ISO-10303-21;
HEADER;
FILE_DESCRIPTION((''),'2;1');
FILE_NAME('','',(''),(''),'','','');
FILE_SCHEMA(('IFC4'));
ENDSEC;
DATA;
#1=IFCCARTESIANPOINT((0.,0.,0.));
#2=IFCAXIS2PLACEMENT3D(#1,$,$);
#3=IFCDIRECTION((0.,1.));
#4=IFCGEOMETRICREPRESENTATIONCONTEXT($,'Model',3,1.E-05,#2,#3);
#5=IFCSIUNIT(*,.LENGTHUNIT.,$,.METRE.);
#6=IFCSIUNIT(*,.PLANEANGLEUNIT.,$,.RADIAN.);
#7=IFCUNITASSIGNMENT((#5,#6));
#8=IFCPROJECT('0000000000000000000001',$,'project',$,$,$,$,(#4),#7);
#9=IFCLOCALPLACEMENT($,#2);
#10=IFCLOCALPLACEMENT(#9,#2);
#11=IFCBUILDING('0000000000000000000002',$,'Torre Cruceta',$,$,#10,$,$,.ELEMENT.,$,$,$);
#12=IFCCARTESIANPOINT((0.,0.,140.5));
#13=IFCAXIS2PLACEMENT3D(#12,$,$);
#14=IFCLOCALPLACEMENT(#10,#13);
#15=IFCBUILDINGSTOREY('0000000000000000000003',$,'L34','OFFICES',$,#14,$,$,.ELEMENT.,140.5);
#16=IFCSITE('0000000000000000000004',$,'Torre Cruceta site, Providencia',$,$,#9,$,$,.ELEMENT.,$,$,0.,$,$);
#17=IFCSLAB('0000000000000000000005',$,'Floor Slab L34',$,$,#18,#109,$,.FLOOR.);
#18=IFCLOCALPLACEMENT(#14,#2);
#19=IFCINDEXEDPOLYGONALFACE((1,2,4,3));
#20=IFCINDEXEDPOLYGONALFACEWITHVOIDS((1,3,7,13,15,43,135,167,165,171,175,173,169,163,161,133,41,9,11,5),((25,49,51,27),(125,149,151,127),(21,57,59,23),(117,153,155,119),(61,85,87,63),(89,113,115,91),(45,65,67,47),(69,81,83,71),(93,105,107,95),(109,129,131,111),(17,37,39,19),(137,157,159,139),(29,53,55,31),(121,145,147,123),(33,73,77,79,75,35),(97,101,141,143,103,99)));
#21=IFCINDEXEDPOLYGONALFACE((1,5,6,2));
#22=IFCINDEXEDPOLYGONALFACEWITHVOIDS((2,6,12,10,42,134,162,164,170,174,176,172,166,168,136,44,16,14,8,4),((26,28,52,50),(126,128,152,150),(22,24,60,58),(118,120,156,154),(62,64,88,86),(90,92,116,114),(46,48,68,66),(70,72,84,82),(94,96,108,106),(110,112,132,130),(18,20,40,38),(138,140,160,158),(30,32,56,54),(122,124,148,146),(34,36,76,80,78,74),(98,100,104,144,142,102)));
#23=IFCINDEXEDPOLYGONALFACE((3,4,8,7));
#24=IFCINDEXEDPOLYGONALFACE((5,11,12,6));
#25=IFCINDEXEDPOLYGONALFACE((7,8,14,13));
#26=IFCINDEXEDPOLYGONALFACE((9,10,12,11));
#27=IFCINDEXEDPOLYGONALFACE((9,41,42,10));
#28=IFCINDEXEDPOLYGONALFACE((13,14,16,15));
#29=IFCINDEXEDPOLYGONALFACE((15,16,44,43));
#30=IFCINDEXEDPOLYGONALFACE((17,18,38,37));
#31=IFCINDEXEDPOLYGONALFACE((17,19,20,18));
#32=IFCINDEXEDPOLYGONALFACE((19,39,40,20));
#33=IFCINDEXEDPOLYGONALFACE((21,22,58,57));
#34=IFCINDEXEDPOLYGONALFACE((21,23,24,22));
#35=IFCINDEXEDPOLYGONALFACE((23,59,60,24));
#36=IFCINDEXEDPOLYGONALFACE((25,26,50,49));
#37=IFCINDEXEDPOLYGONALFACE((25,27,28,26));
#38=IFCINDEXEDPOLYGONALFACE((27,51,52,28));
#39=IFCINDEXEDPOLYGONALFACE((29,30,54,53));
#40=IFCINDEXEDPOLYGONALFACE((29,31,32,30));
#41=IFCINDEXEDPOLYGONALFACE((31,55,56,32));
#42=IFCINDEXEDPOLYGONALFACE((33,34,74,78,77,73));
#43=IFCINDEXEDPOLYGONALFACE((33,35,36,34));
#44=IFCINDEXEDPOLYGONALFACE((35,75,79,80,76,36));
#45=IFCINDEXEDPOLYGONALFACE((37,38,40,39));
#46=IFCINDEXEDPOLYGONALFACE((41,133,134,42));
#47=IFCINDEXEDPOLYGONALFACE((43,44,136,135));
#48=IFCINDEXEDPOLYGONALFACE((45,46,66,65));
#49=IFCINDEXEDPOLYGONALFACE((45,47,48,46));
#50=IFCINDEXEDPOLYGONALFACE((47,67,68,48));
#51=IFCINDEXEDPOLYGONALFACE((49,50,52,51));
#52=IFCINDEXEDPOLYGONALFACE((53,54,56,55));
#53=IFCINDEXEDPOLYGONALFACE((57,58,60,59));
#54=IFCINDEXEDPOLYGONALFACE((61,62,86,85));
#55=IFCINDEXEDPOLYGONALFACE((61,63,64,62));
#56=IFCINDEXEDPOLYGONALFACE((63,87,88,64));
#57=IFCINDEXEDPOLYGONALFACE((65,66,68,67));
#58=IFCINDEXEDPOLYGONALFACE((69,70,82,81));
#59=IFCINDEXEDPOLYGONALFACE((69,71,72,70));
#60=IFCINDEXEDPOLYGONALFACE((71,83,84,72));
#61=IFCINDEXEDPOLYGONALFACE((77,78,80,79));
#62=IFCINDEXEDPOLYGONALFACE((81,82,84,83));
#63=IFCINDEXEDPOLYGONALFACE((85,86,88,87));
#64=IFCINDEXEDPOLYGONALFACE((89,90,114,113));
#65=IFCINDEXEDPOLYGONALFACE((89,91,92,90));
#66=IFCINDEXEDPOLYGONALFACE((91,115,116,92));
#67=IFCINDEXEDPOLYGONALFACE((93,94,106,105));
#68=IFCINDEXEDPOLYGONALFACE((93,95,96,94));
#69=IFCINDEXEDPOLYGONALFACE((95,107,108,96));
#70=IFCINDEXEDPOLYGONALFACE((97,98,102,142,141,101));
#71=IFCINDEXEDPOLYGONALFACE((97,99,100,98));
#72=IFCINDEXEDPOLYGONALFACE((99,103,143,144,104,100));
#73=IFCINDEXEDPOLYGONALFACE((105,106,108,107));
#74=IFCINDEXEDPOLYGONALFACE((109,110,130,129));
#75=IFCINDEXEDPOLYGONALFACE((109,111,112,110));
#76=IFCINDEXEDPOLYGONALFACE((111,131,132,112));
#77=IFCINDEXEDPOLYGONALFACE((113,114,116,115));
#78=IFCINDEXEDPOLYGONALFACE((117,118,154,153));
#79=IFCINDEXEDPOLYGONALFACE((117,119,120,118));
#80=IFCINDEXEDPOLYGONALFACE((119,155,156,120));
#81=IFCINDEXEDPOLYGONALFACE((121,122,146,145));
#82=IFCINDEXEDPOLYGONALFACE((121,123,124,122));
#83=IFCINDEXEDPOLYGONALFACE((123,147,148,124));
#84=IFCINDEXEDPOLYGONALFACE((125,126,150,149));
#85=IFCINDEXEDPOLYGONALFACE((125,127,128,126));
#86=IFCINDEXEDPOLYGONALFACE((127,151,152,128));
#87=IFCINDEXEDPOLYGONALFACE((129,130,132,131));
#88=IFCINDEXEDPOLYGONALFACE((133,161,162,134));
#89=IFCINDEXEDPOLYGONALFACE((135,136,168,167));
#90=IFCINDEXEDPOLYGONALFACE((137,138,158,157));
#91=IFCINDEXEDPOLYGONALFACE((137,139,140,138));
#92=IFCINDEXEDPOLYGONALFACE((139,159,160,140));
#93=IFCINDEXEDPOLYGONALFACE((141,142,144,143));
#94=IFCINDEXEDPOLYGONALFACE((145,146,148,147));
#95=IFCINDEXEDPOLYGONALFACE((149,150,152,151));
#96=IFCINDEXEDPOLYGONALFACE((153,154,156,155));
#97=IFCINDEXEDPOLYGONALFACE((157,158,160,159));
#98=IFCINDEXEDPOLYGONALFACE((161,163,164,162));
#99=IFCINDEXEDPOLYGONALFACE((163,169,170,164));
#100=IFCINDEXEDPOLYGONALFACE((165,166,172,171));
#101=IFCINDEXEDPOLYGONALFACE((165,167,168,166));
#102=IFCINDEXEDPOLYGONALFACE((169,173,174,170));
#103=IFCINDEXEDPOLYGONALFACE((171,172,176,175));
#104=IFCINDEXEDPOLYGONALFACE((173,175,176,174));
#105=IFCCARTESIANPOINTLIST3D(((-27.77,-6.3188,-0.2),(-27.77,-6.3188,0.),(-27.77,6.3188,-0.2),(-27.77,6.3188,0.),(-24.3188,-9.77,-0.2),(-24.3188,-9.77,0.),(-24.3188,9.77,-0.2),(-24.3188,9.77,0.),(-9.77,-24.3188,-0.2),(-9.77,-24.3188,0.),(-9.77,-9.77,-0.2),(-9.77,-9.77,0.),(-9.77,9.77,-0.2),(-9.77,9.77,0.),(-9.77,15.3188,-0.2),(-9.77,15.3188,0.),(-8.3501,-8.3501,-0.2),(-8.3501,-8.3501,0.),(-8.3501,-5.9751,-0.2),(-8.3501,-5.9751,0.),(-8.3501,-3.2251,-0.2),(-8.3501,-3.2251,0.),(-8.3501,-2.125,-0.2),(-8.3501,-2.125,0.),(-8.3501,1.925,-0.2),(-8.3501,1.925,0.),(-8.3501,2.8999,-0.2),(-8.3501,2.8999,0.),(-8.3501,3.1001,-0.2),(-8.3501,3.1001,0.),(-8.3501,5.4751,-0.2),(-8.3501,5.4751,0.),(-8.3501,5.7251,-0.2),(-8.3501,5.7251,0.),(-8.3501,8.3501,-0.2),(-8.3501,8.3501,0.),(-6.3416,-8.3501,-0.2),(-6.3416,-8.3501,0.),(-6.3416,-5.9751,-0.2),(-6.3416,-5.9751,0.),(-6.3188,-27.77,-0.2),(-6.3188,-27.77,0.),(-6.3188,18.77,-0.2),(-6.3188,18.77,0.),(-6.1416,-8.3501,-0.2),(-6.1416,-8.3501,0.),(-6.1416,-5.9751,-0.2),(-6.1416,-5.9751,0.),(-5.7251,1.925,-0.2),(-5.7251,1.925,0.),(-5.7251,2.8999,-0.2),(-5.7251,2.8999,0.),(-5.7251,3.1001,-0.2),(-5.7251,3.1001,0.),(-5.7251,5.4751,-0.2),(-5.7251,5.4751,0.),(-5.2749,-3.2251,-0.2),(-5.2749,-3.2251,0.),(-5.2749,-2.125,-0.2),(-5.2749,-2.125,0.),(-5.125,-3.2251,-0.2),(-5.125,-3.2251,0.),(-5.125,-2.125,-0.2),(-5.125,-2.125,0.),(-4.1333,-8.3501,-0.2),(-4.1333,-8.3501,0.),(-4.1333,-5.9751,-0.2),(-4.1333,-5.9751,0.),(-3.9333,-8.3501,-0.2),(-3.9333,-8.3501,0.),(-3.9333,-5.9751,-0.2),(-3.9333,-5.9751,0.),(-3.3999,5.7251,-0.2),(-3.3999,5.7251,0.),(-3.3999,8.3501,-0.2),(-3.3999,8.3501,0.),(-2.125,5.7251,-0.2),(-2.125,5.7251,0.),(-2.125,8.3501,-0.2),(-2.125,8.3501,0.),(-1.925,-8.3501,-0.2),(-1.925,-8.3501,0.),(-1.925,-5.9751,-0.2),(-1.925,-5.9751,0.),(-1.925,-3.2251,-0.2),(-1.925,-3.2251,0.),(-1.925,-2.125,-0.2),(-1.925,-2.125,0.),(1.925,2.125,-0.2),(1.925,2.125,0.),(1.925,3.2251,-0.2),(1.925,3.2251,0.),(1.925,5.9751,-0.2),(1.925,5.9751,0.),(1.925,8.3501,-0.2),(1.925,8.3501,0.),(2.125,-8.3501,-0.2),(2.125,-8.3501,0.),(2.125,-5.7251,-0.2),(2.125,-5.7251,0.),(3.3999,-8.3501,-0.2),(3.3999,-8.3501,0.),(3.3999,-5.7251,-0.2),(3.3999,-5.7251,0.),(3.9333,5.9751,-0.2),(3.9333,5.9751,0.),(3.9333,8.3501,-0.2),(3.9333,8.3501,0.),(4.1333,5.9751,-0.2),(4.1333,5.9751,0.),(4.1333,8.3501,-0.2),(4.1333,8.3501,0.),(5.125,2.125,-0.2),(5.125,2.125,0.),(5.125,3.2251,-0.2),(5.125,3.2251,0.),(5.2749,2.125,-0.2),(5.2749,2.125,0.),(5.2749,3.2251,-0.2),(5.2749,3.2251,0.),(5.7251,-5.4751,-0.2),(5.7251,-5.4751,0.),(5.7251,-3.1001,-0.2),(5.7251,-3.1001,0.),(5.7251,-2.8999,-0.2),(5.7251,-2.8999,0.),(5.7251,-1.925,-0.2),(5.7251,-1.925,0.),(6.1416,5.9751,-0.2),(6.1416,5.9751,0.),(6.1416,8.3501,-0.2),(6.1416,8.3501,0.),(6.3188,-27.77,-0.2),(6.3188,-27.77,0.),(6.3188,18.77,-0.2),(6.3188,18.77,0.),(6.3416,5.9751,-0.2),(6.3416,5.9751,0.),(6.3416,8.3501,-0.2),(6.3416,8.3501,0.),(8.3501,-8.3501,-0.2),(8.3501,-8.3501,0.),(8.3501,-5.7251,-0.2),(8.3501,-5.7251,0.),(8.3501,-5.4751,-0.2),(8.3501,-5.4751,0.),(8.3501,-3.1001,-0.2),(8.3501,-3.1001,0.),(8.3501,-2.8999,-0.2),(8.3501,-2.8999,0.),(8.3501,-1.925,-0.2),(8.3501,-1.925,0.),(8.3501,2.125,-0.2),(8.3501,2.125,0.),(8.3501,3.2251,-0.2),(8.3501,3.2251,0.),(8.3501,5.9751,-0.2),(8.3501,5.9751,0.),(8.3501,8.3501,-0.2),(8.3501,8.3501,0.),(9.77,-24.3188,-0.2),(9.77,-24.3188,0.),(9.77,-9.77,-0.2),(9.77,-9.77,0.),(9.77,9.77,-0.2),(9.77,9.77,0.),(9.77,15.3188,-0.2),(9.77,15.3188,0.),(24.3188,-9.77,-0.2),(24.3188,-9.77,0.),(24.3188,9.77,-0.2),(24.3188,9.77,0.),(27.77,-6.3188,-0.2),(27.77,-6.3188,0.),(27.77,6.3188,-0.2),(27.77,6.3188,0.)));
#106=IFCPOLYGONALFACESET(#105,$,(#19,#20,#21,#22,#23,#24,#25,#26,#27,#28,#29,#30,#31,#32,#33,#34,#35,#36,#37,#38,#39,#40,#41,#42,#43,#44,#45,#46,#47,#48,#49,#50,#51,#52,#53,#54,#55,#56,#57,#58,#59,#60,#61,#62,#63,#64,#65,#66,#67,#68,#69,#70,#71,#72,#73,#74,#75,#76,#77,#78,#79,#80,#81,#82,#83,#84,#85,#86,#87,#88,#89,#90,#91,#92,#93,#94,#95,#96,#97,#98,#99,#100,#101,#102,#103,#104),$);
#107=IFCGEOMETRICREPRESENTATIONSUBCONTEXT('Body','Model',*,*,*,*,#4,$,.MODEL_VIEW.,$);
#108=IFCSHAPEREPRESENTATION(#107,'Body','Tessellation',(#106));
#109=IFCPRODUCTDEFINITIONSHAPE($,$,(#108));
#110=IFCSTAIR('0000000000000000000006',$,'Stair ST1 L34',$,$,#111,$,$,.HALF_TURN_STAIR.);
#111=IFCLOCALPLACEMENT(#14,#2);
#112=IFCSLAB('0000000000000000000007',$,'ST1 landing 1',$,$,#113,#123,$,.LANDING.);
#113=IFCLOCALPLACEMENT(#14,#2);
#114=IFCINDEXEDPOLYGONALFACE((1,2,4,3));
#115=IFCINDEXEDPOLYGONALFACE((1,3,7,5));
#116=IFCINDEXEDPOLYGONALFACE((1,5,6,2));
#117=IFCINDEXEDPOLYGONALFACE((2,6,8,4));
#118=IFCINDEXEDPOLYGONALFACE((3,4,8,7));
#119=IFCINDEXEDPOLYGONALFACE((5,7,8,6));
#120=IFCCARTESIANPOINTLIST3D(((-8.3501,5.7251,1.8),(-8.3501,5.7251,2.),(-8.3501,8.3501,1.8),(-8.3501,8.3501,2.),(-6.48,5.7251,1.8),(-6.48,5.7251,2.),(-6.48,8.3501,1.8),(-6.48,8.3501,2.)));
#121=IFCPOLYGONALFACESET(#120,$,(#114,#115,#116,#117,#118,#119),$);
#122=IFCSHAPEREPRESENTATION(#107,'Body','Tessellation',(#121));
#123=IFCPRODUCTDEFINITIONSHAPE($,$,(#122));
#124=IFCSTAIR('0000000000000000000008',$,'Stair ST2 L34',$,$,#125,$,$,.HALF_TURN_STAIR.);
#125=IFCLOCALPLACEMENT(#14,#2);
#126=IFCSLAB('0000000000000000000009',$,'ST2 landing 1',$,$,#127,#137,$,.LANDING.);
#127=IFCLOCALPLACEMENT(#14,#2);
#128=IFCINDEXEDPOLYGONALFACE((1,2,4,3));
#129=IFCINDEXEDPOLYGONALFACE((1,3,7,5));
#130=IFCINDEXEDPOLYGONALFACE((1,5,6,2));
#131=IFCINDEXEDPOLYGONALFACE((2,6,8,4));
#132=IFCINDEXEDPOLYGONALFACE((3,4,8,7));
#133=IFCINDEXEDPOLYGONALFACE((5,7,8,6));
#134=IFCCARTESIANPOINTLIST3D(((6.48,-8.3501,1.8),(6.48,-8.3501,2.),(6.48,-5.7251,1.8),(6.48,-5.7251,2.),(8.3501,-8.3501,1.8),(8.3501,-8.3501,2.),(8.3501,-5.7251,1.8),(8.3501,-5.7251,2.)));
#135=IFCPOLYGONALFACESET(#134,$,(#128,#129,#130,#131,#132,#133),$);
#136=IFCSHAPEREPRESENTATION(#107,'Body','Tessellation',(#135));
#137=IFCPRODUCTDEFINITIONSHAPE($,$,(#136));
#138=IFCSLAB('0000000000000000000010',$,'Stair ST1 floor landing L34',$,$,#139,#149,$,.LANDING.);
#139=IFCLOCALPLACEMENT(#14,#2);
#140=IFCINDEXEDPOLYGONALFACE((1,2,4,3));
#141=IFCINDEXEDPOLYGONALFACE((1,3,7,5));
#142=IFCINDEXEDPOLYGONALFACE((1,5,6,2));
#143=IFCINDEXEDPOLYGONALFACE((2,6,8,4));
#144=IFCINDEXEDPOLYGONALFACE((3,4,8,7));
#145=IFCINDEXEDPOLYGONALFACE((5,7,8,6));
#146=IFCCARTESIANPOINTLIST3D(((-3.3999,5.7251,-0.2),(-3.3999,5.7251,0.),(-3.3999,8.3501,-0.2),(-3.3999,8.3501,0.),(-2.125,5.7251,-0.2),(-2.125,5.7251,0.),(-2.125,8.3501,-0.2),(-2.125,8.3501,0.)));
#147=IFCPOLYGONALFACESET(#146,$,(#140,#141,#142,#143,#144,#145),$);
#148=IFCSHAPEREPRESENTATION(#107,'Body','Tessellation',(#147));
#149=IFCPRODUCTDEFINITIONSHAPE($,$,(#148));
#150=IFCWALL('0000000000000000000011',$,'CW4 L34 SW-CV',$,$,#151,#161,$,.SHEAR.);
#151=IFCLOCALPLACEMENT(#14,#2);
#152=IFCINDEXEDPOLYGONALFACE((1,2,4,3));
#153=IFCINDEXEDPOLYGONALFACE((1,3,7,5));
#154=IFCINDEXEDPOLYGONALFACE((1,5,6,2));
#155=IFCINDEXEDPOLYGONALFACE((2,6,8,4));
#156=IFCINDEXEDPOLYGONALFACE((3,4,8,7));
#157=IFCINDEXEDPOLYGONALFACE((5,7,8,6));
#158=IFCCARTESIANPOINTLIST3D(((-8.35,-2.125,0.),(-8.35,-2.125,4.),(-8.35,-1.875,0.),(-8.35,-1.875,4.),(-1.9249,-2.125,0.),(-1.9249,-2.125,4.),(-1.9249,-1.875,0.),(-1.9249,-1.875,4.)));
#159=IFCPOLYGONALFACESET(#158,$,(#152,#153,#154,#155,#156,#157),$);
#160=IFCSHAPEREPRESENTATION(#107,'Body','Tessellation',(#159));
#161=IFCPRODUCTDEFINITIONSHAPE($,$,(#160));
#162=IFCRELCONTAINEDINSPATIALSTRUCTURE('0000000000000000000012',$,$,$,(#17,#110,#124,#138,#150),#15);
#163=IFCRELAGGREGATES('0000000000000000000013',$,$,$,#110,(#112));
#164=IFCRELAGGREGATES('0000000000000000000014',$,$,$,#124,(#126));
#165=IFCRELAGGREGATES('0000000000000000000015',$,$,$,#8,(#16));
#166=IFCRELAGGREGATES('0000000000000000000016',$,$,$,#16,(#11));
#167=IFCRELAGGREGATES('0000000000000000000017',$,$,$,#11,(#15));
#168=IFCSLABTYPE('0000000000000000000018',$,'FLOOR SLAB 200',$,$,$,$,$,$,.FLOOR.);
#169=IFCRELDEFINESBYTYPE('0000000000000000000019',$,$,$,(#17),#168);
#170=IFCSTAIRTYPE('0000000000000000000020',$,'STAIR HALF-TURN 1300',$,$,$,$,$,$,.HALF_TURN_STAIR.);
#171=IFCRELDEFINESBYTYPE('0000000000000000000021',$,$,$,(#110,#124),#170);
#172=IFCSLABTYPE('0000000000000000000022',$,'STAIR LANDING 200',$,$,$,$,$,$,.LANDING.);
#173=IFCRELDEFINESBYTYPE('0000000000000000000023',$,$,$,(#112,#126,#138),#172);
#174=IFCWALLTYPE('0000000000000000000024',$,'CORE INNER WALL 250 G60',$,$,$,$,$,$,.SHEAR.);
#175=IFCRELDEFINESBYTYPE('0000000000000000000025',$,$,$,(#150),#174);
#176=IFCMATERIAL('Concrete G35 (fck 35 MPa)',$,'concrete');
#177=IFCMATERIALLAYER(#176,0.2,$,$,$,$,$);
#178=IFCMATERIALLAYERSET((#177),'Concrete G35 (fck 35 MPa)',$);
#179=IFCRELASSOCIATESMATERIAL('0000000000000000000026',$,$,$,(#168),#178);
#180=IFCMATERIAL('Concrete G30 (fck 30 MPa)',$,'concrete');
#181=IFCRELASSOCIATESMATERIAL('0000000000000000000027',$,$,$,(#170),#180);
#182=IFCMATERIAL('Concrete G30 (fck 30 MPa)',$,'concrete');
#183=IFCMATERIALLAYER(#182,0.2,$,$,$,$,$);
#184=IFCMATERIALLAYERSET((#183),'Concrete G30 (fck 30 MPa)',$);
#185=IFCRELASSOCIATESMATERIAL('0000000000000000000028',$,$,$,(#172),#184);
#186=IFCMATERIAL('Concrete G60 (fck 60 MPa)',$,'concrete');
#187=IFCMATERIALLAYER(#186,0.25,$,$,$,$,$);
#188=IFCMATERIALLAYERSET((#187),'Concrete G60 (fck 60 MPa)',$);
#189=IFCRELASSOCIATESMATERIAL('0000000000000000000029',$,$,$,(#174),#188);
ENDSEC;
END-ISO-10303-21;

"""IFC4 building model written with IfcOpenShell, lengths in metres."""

from ifc_helpers import new_model, si_unit, direction, frame, frame_2d, origin, place, context, subcontext, project, spatial, polyline, rectangle, outline, extrude, material, layer, layer_set, type_object, element, aggregate, save


model = new_model("IFC4")

# Units and contexts
model_context = context("Model", 3, precision=1e-05, world=origin(), true_north=direction((0.0, 1.0)))
body_context = subcontext(model_context, "Body", "Model", "MODEL_VIEW")
ifc_project = project(units=[si_unit("LENGTHUNIT", "METRE"), si_unit("PLANEANGLEUNIT", "RADIAN")], contexts=[model_context])

# Site, building, storey
site_placement = place(None, origin())
site = spatial("IfcSite", under=ifc_project, at=site_placement, Name="Torre Cruceta site, Providencia", CompositionType="ELEMENT", RefElevation=0.0)
building_placement = place(site_placement, origin())
building = spatial("IfcBuilding", under=site, at=building_placement, Name="Torre Cruceta", CompositionType="ELEMENT")
storey_placement = place(building_placement, frame((0.0, 0.0, 140.5)))
storey = spatial("IfcBuildingStorey", under=building, at=storey_placement, Name="L34", Description="OFFICES", CompositionType="ELEMENT", Elevation=140.5)

# Slab
ifc_material_1 = material(Name="Concrete G35 (fck 35 MPa)", Category="concrete")
ifc_layer_1 = layer(ifc_material_1, 0.2)
ifc_layer_set_1 = layer_set([ifc_layer_1], Name="Concrete G35 (fck 35 MPa)")
slab_type_1 = type_object("IfcSlabType", Name="FLOOR SLAB 200", PredefinedType="FLOOR", material=ifc_layer_set_1)
slab_1_placement = place(storey_placement, frame((0.0, 0.0, -0.2)))
element("IfcSlab", 1, at=slab_1_placement, inside=storey, type_object=slab_type_1, Name="Floor Slab L34", PredefinedType="FLOOR", context=body_context, shape_type="SweptSolid", body=[
    extrude(outline(polyline([(9.77, -9.77), (9.77, -24.3188), (6.3188, -27.77), (-6.3188, -27.77), (-9.77, -24.3188), (-9.77, -9.77), (-24.3188, -9.77), (-27.77, -6.3188), (-27.77, 6.3188), (-24.3188, 9.77), (-9.77, 9.77), (-9.77, 15.3188), (-6.3188, 18.77), (6.3188, 18.77), (9.77, 15.3188), (9.77, 9.77), (24.3188, 9.77), (27.77, 6.3188), (27.77, -6.3188), (24.3188, -9.77), (9.77, -9.77)]), holes=[polyline([(1.925, 5.9751), (3.9333, 5.9751), (3.9333, 8.3501), (1.925, 8.3501), (1.925, 5.9751)]), polyline([(4.1333, 5.9751), (6.1416, 5.9751), (6.1416, 8.3501), (4.1333, 8.3501), (4.1333, 5.9751)]), polyline([(6.3416, 5.9751), (8.3501, 5.9751), (8.3501, 8.3501), (6.3416, 8.3501), (6.3416, 5.9751)]), polyline([(1.925, 2.125), (5.125, 2.125), (5.125, 3.2251), (1.925, 3.2251), (1.925, 2.125)]), polyline([(5.2749, 2.125), (8.3501, 2.125), (8.3501, 3.2251), (5.2749, 3.2251), (5.2749, 2.125)]), polyline([(-8.3501, 3.1001), (-5.7251, 3.1001), (-5.7251, 5.4751), (-8.3501, 5.4751), (-8.3501, 3.1001)]), polyline([(-8.3501, 1.925), (-5.7251, 1.925), (-5.7251, 2.8999), (-8.3501, 2.8999), (-8.3501, 1.925)]), polyline([(-3.9333, -8.3501), (-1.925, -8.3501), (-1.925, -5.9751), (-3.9333, -5.9751), (-3.9333, -8.3501)]), polyline([(-6.1416, -8.3501), (-4.1333, -8.3501), (-4.1333, -5.9751), (-6.1416, -5.9751), (-6.1416, -8.3501)]), polyline([(-8.3501, -8.3501), (-6.3416, -8.3501), (-6.3416, -5.9751), (-8.3501, -5.9751), (-8.3501, -8.3501)]), polyline([(-5.125, -3.2251), (-1.925, -3.2251), (-1.925, -2.125), (-5.125, -2.125), (-5.125, -3.2251)]), polyline([(-8.3501, -3.2251), (-5.2749, -3.2251), (-5.2749, -2.125), (-8.3501, -2.125), (-8.3501, -3.2251)]), polyline([(5.7251, -5.4751), (8.3501, -5.4751), (8.3501, -3.1001), (5.7251, -3.1001), (5.7251, -5.4751)]), polyline([(5.7251, -2.8999), (8.3501, -2.8999), (8.3501, -1.925), (5.7251, -1.925), (5.7251, -2.8999)]), polyline([(-8.3501, 5.7251), (-8.3501, 8.3501), (-3.3999, 8.3501), (-2.125, 8.3501), (-2.125, 5.7251), (-3.3999, 5.7251), (-8.3501, 5.7251)]), polyline([(2.125, -5.7251), (3.3999, -5.7251), (8.3501, -5.7251), (8.3501, -8.3501), (3.3999, -8.3501), (2.125, -8.3501), (2.125, -5.7251)])]), origin(), (0.0, 0.0, 1.0), 0.2),
])

# Stairs, slabs
ifc_material_2 = material(Name="Concrete G30 (fck 30 MPa)", Category="concrete")
stair_type = type_object("IfcStairType", Name="STAIR HALF-TURN 1300", PredefinedType="HALF_TURN_STAIR", material=ifc_material_2)
stair_1_placement = place(storey_placement, origin())
stair_1 = element("IfcStair", 2, at=stair_1_placement, inside=storey, type_object=stair_type, Name="Stair ST1 L34", PredefinedType="HALF_TURN_STAIR")
ifc_material_3 = material(Name="Concrete G30 (fck 30 MPa)", Category="concrete")
ifc_layer_2 = layer(ifc_material_3, 0.2)
ifc_layer_set_2 = layer_set([ifc_layer_2], Name="Concrete G30 (fck 30 MPa)")
slab_type_2 = type_object("IfcSlabType", Name="STAIR LANDING 200", PredefinedType="LANDING", material=ifc_layer_set_2)
slab_2_placement = place(storey_placement, frame((0.0, 0.0, 1.8)))
slab_2 = element("IfcSlab", 3, at=slab_2_placement, type_object=slab_type_2, Name="ST1 landing 1", PredefinedType="LANDING", context=body_context, shape_type="SweptSolid", body=[
    extrude(outline(polyline([(-8.3501, 5.7251), (-6.48, 5.7251), (-6.48, 8.3501), (-8.3501, 8.3501), (-8.3501, 5.7251)])), origin(), (0.0, 0.0, 1.0), 0.2),
])
aggregate(stair_1, [slab_2])
stair_2_placement = place(storey_placement, origin())
stair_2 = element("IfcStair", 4, at=stair_2_placement, inside=storey, type_object=stair_type, Name="Stair ST2 L34", PredefinedType="HALF_TURN_STAIR")
slab_3_placement = place(storey_placement, frame((0.0, 0.0, 1.8)))
slab_3 = element("IfcSlab", 5, at=slab_3_placement, type_object=slab_type_2, Name="ST2 landing 1", PredefinedType="LANDING", context=body_context, shape_type="SweptSolid", body=[
    extrude(outline(polyline([(6.48, -8.3501), (8.3501, -8.3501), (8.3501, -5.7251), (6.48, -5.7251), (6.48, -8.3501)])), origin(), (0.0, 0.0, 1.0), 0.2),
])
aggregate(stair_2, [slab_3])

# Slab
slab_4_placement = place(storey_placement, frame((0.0, 0.0, -0.2)))
element("IfcSlab", 6, at=slab_4_placement, inside=storey, type_object=slab_type_2, Name="Stair ST1 floor landing L34", PredefinedType="LANDING", context=body_context, shape_type="SweptSolid", body=[
    extrude(outline(polyline([(-2.125, 8.3501), (-2.125, 5.7251), (-3.3999, 5.7251), (-3.3999, 8.3501), (-2.125, 8.3501)])), origin(), (0.0, 0.0, 1.0), 0.2),
])

# Shared definitions
ifc_material_4 = material(Name="Concrete G60 (fck 60 MPa)", Category="concrete")
ifc_layer_3 = layer(ifc_material_4, 0.25)
ifc_layer_set_3 = layer_set([ifc_layer_3], Name="Concrete G60 (fck 60 MPa)")
wall_type_1 = type_object("IfcWallType", Name="CORE INNER WALL 250 G60", PredefinedType="SHEAR", material=ifc_layer_set_3)

# Wall
wall_1_placement = place(storey_placement, frame((-1.925, -2.0, 0.0), z_axis=(0.0, 0.0, 1.0), x_axis=(-1.0, 0.0, 0.0)))
element("IfcWall", 7, at=wall_1_placement, inside=storey, type_object=wall_type_1, Name="CW4 L34 SW-CV", PredefinedType="SHEAR", context=body_context, shape_type="SweptSolid", body=[
    extrude(rectangle(XDim=6.425, YDim=0.25, at=frame_2d((3.2124, 0.0))), origin(), (0.0, 0.0, 1.0), 4.0),
])

save(model, "model.ifc")
